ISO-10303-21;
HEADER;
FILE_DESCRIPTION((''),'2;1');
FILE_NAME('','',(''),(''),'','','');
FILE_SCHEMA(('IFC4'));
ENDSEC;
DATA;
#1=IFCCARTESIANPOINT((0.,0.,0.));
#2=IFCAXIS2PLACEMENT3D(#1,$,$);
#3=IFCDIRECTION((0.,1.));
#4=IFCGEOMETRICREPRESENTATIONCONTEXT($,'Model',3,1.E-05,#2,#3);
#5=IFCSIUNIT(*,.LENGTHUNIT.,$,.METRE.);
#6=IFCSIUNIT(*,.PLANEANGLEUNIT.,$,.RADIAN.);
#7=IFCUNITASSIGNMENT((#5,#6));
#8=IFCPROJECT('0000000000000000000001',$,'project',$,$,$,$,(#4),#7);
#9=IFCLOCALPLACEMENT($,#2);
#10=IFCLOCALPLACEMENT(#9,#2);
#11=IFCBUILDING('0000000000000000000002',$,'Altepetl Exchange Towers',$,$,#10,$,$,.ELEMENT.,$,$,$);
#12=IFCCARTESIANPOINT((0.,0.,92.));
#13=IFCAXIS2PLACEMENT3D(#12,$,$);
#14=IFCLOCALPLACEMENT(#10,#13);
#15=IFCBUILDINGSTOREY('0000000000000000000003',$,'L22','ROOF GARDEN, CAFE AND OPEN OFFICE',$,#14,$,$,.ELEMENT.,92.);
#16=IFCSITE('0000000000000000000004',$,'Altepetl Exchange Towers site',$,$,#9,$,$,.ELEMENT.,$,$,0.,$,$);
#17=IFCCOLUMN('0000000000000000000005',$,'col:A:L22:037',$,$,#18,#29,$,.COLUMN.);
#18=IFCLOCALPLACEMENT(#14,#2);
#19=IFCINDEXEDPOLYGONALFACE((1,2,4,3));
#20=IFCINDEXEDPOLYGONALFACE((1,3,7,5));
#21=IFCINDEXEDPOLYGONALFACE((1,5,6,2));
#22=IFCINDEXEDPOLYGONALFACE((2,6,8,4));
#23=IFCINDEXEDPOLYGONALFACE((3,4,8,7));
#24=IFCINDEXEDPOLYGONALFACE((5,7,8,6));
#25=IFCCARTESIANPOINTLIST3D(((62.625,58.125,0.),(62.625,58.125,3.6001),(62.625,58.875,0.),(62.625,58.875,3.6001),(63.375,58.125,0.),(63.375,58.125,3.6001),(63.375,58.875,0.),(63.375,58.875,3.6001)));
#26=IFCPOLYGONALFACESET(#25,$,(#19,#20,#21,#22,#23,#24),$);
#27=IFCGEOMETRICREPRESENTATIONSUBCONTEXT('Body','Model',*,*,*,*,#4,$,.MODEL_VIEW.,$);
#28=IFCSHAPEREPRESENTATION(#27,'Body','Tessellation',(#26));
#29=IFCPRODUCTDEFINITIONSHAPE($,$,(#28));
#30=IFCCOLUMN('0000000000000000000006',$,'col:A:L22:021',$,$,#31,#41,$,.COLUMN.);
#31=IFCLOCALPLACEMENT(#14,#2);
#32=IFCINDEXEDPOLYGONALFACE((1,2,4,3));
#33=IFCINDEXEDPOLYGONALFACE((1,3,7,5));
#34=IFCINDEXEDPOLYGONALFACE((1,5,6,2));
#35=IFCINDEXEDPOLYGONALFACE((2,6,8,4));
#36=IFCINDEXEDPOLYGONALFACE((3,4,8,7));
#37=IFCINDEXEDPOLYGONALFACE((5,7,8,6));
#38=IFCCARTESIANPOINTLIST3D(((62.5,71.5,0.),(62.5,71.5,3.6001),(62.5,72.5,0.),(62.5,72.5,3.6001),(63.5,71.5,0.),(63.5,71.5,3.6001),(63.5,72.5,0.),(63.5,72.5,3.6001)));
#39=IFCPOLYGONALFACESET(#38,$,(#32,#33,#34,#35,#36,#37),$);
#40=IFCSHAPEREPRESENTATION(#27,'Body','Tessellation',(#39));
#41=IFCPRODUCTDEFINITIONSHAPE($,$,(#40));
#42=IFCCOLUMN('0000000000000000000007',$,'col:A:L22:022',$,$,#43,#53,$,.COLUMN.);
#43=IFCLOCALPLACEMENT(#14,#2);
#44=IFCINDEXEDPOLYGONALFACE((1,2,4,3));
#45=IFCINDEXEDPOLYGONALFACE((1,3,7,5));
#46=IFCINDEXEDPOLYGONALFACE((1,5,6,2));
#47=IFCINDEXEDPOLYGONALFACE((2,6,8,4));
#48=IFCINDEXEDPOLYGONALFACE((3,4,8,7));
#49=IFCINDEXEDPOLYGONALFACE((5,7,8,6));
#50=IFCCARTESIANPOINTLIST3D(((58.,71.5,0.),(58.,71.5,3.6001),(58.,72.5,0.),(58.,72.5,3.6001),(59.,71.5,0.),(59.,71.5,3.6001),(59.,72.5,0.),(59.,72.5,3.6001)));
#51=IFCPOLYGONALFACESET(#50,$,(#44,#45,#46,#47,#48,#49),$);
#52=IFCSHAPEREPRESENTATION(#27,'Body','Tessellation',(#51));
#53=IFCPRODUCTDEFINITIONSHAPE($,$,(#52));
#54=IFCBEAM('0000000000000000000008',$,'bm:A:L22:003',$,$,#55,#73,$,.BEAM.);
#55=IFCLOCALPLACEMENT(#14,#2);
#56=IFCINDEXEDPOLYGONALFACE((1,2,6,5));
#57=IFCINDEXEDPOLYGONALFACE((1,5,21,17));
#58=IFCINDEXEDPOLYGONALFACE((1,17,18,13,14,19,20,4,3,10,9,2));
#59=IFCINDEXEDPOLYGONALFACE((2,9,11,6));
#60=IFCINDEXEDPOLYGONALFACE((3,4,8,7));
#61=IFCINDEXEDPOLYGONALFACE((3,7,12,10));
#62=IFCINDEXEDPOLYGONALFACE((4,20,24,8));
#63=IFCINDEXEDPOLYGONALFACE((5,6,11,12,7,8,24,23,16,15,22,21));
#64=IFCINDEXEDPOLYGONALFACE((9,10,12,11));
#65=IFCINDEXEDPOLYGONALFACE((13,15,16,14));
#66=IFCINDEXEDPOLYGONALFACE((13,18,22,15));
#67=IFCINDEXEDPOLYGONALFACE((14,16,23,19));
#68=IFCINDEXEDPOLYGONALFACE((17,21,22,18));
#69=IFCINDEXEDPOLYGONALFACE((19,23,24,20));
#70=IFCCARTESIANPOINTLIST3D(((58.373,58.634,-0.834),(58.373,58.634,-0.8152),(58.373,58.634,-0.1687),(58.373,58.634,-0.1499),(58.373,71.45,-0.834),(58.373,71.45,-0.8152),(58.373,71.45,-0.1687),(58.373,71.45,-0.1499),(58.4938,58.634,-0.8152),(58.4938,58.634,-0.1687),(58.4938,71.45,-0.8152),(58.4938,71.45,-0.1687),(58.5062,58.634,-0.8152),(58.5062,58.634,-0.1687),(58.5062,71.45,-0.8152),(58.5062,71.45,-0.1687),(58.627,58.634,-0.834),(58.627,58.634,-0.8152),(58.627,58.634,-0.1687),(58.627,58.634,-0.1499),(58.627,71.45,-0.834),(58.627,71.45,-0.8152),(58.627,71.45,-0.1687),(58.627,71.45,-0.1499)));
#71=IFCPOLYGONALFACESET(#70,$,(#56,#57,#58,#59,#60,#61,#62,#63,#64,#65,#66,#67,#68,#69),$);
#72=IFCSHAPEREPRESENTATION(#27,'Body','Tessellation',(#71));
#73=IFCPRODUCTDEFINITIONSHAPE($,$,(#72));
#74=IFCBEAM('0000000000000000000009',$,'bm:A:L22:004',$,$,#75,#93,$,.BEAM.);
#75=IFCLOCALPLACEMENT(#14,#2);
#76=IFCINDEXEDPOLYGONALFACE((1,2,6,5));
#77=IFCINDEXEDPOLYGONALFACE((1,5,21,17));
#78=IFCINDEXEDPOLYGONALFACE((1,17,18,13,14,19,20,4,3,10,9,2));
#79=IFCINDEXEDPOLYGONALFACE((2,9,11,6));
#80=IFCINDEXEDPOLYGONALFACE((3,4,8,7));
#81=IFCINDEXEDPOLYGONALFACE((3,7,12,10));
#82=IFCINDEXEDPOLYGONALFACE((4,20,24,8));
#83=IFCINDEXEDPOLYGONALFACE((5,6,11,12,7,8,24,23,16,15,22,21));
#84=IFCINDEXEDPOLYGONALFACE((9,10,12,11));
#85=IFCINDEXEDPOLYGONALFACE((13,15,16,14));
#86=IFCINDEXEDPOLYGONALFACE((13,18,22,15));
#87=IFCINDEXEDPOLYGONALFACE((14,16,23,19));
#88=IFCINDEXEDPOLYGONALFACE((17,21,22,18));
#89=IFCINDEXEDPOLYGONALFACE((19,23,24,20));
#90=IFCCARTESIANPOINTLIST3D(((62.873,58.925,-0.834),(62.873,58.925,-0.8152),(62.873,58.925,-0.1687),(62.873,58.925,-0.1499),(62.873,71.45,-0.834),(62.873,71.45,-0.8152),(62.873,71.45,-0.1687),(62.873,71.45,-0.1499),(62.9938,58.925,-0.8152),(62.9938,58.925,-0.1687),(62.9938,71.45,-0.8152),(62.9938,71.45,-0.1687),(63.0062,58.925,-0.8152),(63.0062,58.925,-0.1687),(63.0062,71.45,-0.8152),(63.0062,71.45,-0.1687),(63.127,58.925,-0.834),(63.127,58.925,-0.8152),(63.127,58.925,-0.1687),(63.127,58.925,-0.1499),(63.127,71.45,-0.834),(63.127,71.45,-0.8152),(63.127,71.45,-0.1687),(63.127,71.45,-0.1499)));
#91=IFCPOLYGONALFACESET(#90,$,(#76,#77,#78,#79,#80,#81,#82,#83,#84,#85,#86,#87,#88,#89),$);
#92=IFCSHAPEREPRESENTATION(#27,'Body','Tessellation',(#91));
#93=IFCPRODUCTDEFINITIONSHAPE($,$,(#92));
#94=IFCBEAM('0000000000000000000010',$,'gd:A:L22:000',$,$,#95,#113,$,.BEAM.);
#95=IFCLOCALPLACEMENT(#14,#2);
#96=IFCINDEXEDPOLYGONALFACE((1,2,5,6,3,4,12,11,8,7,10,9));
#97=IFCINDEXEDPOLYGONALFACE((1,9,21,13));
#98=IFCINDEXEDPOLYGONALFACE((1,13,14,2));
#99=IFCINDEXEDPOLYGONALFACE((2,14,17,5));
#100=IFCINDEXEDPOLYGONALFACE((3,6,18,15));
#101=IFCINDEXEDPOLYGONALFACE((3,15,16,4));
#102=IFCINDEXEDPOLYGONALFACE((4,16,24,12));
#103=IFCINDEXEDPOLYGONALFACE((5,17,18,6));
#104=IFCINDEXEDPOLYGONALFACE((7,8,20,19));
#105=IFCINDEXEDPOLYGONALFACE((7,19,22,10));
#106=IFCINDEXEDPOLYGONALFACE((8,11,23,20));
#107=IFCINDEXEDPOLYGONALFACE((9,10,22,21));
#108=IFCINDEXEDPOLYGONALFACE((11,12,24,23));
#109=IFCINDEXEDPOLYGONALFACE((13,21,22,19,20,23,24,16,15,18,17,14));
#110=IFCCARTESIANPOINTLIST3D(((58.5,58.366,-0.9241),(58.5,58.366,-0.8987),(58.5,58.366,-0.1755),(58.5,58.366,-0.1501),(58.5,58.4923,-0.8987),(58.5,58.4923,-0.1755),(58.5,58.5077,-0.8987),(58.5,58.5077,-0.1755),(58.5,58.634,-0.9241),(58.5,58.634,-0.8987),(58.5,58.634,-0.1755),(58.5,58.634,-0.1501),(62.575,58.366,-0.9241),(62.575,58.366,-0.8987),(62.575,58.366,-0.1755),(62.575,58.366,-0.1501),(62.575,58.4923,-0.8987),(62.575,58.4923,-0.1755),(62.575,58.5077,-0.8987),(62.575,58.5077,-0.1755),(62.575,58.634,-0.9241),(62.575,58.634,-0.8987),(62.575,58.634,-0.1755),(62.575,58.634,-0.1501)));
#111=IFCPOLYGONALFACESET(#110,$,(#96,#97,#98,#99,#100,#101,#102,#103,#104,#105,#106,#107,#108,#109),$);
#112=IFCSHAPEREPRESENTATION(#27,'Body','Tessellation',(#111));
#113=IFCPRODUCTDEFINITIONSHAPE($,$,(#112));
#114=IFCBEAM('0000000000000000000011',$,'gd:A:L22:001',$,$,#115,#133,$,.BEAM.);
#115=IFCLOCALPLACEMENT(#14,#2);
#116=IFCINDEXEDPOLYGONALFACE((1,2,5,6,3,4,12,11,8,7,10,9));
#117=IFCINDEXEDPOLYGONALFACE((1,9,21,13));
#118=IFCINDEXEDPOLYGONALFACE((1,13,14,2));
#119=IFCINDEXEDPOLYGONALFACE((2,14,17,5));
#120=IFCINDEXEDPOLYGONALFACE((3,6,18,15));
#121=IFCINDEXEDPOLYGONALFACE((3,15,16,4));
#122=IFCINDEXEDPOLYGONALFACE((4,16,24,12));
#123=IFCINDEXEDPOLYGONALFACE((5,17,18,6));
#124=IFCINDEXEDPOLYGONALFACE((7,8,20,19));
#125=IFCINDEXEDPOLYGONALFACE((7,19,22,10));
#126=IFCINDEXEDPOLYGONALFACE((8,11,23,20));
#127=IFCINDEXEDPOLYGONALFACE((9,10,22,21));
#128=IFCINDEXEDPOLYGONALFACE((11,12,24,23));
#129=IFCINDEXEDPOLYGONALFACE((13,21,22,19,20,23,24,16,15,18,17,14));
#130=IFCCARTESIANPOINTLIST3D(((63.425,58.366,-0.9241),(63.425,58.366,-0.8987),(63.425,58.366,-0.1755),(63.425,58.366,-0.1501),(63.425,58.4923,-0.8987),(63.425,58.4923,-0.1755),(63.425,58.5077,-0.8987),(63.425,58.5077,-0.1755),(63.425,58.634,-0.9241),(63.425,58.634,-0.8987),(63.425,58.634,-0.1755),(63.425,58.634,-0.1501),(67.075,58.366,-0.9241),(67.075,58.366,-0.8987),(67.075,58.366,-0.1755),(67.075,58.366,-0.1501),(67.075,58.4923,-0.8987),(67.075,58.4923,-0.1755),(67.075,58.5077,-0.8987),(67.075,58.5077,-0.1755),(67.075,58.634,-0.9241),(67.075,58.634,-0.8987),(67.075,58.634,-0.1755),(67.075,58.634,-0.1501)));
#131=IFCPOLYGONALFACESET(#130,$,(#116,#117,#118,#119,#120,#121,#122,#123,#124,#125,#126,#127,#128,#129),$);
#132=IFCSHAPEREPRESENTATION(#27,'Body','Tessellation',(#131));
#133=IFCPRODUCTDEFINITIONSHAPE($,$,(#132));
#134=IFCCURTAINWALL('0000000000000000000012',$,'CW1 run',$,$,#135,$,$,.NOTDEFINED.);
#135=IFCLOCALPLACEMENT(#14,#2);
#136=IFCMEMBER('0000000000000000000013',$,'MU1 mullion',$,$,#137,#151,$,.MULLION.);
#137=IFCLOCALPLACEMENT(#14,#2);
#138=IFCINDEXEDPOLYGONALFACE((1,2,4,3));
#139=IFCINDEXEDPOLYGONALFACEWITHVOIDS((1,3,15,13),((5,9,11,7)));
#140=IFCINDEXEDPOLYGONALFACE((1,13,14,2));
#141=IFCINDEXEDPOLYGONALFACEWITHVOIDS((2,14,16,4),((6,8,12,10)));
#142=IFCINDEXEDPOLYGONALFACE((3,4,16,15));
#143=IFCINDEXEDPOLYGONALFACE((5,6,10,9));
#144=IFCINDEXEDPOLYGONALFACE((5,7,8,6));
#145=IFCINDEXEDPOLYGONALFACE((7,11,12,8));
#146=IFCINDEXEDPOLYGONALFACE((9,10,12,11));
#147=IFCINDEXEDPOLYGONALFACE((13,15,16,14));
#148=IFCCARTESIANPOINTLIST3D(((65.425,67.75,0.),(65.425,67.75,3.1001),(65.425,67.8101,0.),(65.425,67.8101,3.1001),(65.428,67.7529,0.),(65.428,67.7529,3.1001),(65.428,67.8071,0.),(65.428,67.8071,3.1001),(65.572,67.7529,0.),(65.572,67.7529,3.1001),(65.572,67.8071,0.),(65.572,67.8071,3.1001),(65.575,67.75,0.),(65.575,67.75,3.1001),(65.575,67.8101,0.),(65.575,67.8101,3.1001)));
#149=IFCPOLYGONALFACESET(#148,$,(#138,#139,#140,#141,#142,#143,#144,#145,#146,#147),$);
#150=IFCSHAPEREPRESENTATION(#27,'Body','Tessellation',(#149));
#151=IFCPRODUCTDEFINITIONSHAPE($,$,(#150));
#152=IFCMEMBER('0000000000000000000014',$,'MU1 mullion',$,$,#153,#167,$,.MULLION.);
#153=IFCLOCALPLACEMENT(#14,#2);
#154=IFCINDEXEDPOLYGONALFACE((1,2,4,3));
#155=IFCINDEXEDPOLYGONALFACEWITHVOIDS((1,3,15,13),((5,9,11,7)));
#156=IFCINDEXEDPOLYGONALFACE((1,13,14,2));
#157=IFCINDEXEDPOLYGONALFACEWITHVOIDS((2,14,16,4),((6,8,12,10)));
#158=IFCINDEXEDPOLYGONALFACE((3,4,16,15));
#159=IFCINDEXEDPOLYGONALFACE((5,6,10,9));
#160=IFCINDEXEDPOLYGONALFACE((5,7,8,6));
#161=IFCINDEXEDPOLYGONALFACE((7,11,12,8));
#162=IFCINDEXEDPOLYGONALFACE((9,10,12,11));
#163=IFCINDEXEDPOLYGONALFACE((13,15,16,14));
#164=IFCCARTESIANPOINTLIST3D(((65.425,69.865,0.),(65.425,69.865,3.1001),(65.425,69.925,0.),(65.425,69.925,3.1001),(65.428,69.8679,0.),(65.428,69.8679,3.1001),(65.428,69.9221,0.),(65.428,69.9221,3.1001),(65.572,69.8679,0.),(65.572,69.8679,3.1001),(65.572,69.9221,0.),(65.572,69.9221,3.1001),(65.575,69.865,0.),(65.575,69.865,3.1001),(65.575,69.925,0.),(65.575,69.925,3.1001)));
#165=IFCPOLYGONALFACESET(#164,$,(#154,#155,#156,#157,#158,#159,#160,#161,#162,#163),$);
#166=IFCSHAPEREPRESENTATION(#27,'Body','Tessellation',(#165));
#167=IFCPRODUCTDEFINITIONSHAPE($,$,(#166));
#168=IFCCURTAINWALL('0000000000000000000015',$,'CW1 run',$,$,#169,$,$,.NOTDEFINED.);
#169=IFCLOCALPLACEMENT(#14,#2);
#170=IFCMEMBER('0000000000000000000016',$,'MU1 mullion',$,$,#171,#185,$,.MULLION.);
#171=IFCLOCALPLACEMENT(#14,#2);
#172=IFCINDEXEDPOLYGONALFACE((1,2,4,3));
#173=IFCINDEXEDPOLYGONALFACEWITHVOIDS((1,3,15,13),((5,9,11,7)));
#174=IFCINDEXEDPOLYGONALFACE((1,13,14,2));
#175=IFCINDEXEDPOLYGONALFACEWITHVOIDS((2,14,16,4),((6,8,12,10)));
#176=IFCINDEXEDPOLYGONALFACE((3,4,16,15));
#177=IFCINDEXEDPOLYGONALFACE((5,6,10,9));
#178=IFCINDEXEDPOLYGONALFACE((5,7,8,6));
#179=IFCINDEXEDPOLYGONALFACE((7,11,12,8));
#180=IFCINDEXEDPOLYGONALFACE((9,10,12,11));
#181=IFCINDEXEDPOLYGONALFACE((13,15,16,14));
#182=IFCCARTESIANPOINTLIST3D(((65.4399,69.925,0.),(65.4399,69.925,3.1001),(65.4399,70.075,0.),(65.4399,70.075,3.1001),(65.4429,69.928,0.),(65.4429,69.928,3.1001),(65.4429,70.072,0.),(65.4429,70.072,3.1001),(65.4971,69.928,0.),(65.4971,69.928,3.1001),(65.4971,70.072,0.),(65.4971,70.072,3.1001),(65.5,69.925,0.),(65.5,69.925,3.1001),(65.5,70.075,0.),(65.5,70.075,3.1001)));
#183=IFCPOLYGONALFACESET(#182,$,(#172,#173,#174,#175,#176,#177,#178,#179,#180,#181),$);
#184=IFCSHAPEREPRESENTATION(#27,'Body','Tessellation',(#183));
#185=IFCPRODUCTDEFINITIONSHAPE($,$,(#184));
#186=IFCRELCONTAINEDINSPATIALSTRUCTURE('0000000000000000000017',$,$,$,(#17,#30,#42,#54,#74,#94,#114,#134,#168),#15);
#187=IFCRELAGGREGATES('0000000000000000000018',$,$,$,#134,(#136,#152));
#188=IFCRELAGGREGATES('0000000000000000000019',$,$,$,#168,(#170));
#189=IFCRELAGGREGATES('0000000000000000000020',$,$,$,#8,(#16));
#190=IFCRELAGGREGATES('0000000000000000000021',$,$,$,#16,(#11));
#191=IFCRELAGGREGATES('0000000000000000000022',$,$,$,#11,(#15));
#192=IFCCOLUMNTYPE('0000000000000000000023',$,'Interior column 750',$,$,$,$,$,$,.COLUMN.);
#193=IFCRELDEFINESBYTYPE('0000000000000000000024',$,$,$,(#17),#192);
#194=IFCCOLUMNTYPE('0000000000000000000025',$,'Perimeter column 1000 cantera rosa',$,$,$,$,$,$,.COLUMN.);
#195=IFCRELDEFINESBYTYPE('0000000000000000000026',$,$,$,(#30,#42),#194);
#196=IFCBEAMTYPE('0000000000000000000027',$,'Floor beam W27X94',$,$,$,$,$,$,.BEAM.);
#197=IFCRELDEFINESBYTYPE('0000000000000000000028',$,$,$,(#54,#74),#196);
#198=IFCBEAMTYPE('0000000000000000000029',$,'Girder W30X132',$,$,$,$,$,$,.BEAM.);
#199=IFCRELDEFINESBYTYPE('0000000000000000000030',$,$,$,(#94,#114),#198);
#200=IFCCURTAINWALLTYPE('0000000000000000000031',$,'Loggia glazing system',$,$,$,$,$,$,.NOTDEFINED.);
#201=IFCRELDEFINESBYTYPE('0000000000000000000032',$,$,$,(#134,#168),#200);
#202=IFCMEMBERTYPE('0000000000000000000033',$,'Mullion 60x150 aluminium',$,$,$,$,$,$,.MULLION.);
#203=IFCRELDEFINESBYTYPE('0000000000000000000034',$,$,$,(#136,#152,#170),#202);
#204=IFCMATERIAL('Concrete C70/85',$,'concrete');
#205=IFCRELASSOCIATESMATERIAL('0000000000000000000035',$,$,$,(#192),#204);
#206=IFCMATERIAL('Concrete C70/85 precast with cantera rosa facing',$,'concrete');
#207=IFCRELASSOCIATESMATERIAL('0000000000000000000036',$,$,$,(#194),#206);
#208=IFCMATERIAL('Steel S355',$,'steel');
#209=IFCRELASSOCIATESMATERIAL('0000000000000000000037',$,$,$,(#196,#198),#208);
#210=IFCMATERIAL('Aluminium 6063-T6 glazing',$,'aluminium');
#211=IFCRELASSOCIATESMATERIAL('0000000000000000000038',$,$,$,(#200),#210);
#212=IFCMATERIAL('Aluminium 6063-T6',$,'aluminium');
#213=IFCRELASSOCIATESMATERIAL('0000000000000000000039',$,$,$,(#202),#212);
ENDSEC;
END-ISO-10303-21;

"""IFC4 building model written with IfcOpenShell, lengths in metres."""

from ifc_helpers import new_model, si_unit, direction, frame, origin, origin_2d, place, context, subcontext, project, spatial, rectangle, hollow_rectangle, i_section, extrude, material, material_profile, profile_set, type_object, element, aggregate, save


model = new_model("IFC4")

# Units and contexts
model_context = context("Model", 3, precision=1e-05, world=origin(), true_north=direction((0.0, 1.0)))
body_context = subcontext(model_context, "Body", "Model", "MODEL_VIEW")
ifc_project = project(units=[si_unit("LENGTHUNIT", "METRE"), si_unit("PLANEANGLEUNIT", "RADIAN")], contexts=[model_context])

# Site, building, storey
site_placement = place(None, origin())
site = spatial("IfcSite", under=ifc_project, at=site_placement, Name="Altepetl Exchange Towers site", CompositionType="ELEMENT", RefElevation=0.0)
building_placement = place(site_placement, origin())
building = spatial("IfcBuilding", under=site, at=building_placement, Name="Altepetl Exchange Towers", CompositionType="ELEMENT")
storey_placement = place(building_placement, frame((0.0, 0.0, 92.0)))
storey = spatial("IfcBuildingStorey", under=building, at=storey_placement, Name="L22", Description="ROOF GARDEN, CAFE AND OPEN OFFICE", CompositionType="ELEMENT", Elevation=92.0)

# Columns
ifc_material_1 = material(Name="Concrete C70/85", Category="concrete")
ifc_material_profile_1 = material_profile(ifc_material_1, rectangle(XDim=0.75, YDim=0.75, at=origin_2d()), Name="750 x 750")
ifc_profile_set_1 = profile_set([ifc_material_profile_1], Name="Concrete C70/85")
column_type_1 = type_object("IfcColumnType", Name="Interior column 750", PredefinedType="COLUMN", material=ifc_profile_set_1)
column_placement = place(storey_placement, frame((63.0, 58.5, 0.0)))
element("IfcColumn", 1, at=column_placement, inside=storey, type_object=column_type_1, Name="col:A:L22:037", PredefinedType="COLUMN", context=body_context, shape_type="SweptSolid", body=[
    extrude(rectangle(XDim=0.75, YDim=0.75, at=origin_2d()), origin(), (0.0, 0.0, 1.0), 3.6001),
])
ifc_material_2 = material(Name="Concrete C70/85 precast with cantera rosa facing", Category="concrete")
ifc_material_profile_2 = material_profile(ifc_material_2, rectangle(XDim=1.0, YDim=1.0, at=origin_2d()), Name="1000 x 1000")
ifc_profile_set_2 = profile_set([ifc_material_profile_2], Name="Concrete C70/85 precast with cantera rosa facing")
column_type_2 = type_object("IfcColumnType", Name="Perimeter column 1000 cantera rosa", PredefinedType="COLUMN", material=ifc_profile_set_2)
for number, where, name in (
    (2, (63.0, 72.0, 0.0), "col:A:L22:021"),
    (3, (58.5, 72.0, 0.0), "col:A:L22:022"),
):
    element("IfcColumn", number, at=place(storey_placement, frame(where)), inside=storey, type_object=column_type_2, Name=name, PredefinedType="COLUMN", context=body_context, shape_type="SweptSolid", body=[
        extrude(rectangle(XDim=1.0, YDim=1.0, at=origin_2d()), origin(), (0.0, 0.0, 1.0), 3.6001),
    ])

# Beams
ifc_material_3 = material(Name="Steel S355", Category="steel")
ifc_material_profile_3 = material_profile(ifc_material_3, i_section(OverallWidth=0.2539, OverallDepth=0.6841, WebThickness=0.0125, FlangeThickness=0.0188, at=origin_2d()), Name="W27X94")
ifc_profile_set_3 = profile_set([ifc_material_profile_3], Name="Steel S355")
beam_type_1 = type_object("IfcBeamType", Name="Floor beam W27X94", PredefinedType="BEAM", material=ifc_profile_set_3)
beam_1_placement = place(storey_placement, frame((58.5, 58.634, -0.4919), z_axis=(0.0, 1.0, 0.0), x_axis=(-1.0, 0.0, 0.0)))
element("IfcBeam", 4, at=beam_1_placement, inside=storey, type_object=beam_type_1, Name="bm:A:L22:003", PredefinedType="BEAM", context=body_context, shape_type="SweptSolid", body=[
    extrude(i_section(OverallWidth=0.2539, OverallDepth=0.6841, WebThickness=0.0125, FlangeThickness=0.0188, at=origin_2d()), origin(), (0.0, 0.0, 1.0), 12.8159),
])
beam_2_placement = place(storey_placement, frame((63.0, 58.925, -0.4919), z_axis=(0.0, 1.0, 0.0), x_axis=(-1.0, 0.0, 0.0)))
element("IfcBeam", 5, at=beam_2_placement, inside=storey, type_object=beam_type_1, Name="bm:A:L22:004", PredefinedType="BEAM", context=body_context, shape_type="SweptSolid", body=[
    extrude(i_section(OverallWidth=0.2539, OverallDepth=0.6841, WebThickness=0.0125, FlangeThickness=0.0188, at=origin_2d()), origin(), (0.0, 0.0, 1.0), 12.5249),
])
ifc_material_profile_4 = material_profile(ifc_material_3, i_section(OverallWidth=0.2681, OverallDepth=0.7739, WebThickness=0.0154, FlangeThickness=0.0254, at=origin_2d()), Name="W30X132")
ifc_profile_set_4 = profile_set([ifc_material_profile_4], Name="Steel S355")
beam_type_2 = type_object("IfcBeamType", Name="Girder W30X132", PredefinedType="BEAM", material=ifc_profile_set_4)
beam_3_placement = place(storey_placement, frame((58.5, 58.5, -0.5371), z_axis=(1.0, 0.0, 0.0), x_axis=(0.0, 1.0, 0.0)))
element("IfcBeam", 6, at=beam_3_placement, inside=storey, type_object=beam_type_2, Name="gd:A:L22:000", PredefinedType="BEAM", context=body_context, shape_type="SweptSolid", body=[
    extrude(i_section(OverallWidth=0.2681, OverallDepth=0.7739, WebThickness=0.0154, FlangeThickness=0.0254, at=origin_2d()), origin(), (0.0, 0.0, 1.0), 4.075),
])
beam_4_placement = place(storey_placement, frame((63.425, 58.5, -0.5371), z_axis=(1.0, 0.0, 0.0), x_axis=(0.0, 1.0, 0.0)))
element("IfcBeam", 7, at=beam_4_placement, inside=storey, type_object=beam_type_2, Name="gd:A:L22:001", PredefinedType="BEAM", context=body_context, shape_type="SweptSolid", body=[
    extrude(i_section(OverallWidth=0.2681, OverallDepth=0.7739, WebThickness=0.0154, FlangeThickness=0.0254, at=origin_2d()), origin(), (0.0, 0.0, 1.0), 3.6499),
])

# Curtain walls, members
ifc_material_4 = material(Name="Aluminium 6063-T6 glazing", Category="aluminium")
curtain_wall_type = type_object("IfcCurtainWallType", Name="Loggia glazing system", PredefinedType="NOTDEFINED", material=ifc_material_4)
curtain_wall_1_placement = place(storey_placement, origin())
curtain_wall_1 = element("IfcCurtainWall", 8, at=curtain_wall_1_placement, inside=storey, type_object=curtain_wall_type, Name="CW1 run", PredefinedType="NOTDEFINED")
ifc_material_5 = material(Name="Aluminium 6063-T6", Category="aluminium")
ifc_material_profile_5 = material_profile(ifc_material_5, hollow_rectangle(XDim=0.0601, YDim=0.1499, WallThickness=0.0029, at=origin_2d()), Name="Mullion 60x150 aluminium")
ifc_profile_set_5 = profile_set([ifc_material_profile_5], Name="Aluminium 6063-T6")
member_type = type_object("IfcMemberType", Name="Mullion 60x150 aluminium", PredefinedType="MULLION", material=ifc_profile_set_5)
member_1_placement = place(storey_placement, frame((65.5, 67.78, 0.0), z_axis=(0.0, 0.0, 1.0), x_axis=(0.0, 1.0, 0.0)))
member_1 = element("IfcMember", 9, at=member_1_placement, type_object=member_type, Name="MU1 mullion", PredefinedType="MULLION", context=body_context, shape_type="SweptSolid", body=[
    extrude(hollow_rectangle(XDim=0.0601, YDim=0.1499, WallThickness=0.0029, at=origin_2d()), origin(), (0.0, 0.0, 1.0), 3.1001),
])
member_2_placement = place(storey_placement, frame((65.5, 69.895, 0.0), z_axis=(0.0, 0.0, 1.0), x_axis=(0.0, 1.0, 0.0)))
member_2 = element("IfcMember", 10, at=member_2_placement, type_object=member_type, Name="MU1 mullion", PredefinedType="MULLION", context=body_context, shape_type="SweptSolid", body=[
    extrude(hollow_rectangle(XDim=0.0601, YDim=0.1499, WallThickness=0.0029, at=origin_2d()), origin(), (0.0, 0.0, 1.0), 3.1001),
])
aggregate(curtain_wall_1, [member_1, member_2])
curtain_wall_2_placement = place(storey_placement, origin())
curtain_wall_2 = element("IfcCurtainWall", 11, at=curtain_wall_2_placement, inside=storey, type_object=curtain_wall_type, Name="CW1 run", PredefinedType="NOTDEFINED")
member_3_placement = place(storey_placement, frame((65.47, 70.0, 0.0), z_axis=(0.0, 0.0, 1.0), x_axis=(-1.0, 0.0, 0.0)))
member_3 = element("IfcMember", 12, at=member_3_placement, type_object=member_type, Name="MU1 mullion", PredefinedType="MULLION", context=body_context, shape_type="SweptSolid", body=[
    extrude(hollow_rectangle(XDim=0.0601, YDim=0.1499, WallThickness=0.0029, at=origin_2d()), origin(), (0.0, 0.0, 1.0), 3.1001),
])

aggregate(curtain_wall_2, [member_3])

save(model, "model.ifc")
